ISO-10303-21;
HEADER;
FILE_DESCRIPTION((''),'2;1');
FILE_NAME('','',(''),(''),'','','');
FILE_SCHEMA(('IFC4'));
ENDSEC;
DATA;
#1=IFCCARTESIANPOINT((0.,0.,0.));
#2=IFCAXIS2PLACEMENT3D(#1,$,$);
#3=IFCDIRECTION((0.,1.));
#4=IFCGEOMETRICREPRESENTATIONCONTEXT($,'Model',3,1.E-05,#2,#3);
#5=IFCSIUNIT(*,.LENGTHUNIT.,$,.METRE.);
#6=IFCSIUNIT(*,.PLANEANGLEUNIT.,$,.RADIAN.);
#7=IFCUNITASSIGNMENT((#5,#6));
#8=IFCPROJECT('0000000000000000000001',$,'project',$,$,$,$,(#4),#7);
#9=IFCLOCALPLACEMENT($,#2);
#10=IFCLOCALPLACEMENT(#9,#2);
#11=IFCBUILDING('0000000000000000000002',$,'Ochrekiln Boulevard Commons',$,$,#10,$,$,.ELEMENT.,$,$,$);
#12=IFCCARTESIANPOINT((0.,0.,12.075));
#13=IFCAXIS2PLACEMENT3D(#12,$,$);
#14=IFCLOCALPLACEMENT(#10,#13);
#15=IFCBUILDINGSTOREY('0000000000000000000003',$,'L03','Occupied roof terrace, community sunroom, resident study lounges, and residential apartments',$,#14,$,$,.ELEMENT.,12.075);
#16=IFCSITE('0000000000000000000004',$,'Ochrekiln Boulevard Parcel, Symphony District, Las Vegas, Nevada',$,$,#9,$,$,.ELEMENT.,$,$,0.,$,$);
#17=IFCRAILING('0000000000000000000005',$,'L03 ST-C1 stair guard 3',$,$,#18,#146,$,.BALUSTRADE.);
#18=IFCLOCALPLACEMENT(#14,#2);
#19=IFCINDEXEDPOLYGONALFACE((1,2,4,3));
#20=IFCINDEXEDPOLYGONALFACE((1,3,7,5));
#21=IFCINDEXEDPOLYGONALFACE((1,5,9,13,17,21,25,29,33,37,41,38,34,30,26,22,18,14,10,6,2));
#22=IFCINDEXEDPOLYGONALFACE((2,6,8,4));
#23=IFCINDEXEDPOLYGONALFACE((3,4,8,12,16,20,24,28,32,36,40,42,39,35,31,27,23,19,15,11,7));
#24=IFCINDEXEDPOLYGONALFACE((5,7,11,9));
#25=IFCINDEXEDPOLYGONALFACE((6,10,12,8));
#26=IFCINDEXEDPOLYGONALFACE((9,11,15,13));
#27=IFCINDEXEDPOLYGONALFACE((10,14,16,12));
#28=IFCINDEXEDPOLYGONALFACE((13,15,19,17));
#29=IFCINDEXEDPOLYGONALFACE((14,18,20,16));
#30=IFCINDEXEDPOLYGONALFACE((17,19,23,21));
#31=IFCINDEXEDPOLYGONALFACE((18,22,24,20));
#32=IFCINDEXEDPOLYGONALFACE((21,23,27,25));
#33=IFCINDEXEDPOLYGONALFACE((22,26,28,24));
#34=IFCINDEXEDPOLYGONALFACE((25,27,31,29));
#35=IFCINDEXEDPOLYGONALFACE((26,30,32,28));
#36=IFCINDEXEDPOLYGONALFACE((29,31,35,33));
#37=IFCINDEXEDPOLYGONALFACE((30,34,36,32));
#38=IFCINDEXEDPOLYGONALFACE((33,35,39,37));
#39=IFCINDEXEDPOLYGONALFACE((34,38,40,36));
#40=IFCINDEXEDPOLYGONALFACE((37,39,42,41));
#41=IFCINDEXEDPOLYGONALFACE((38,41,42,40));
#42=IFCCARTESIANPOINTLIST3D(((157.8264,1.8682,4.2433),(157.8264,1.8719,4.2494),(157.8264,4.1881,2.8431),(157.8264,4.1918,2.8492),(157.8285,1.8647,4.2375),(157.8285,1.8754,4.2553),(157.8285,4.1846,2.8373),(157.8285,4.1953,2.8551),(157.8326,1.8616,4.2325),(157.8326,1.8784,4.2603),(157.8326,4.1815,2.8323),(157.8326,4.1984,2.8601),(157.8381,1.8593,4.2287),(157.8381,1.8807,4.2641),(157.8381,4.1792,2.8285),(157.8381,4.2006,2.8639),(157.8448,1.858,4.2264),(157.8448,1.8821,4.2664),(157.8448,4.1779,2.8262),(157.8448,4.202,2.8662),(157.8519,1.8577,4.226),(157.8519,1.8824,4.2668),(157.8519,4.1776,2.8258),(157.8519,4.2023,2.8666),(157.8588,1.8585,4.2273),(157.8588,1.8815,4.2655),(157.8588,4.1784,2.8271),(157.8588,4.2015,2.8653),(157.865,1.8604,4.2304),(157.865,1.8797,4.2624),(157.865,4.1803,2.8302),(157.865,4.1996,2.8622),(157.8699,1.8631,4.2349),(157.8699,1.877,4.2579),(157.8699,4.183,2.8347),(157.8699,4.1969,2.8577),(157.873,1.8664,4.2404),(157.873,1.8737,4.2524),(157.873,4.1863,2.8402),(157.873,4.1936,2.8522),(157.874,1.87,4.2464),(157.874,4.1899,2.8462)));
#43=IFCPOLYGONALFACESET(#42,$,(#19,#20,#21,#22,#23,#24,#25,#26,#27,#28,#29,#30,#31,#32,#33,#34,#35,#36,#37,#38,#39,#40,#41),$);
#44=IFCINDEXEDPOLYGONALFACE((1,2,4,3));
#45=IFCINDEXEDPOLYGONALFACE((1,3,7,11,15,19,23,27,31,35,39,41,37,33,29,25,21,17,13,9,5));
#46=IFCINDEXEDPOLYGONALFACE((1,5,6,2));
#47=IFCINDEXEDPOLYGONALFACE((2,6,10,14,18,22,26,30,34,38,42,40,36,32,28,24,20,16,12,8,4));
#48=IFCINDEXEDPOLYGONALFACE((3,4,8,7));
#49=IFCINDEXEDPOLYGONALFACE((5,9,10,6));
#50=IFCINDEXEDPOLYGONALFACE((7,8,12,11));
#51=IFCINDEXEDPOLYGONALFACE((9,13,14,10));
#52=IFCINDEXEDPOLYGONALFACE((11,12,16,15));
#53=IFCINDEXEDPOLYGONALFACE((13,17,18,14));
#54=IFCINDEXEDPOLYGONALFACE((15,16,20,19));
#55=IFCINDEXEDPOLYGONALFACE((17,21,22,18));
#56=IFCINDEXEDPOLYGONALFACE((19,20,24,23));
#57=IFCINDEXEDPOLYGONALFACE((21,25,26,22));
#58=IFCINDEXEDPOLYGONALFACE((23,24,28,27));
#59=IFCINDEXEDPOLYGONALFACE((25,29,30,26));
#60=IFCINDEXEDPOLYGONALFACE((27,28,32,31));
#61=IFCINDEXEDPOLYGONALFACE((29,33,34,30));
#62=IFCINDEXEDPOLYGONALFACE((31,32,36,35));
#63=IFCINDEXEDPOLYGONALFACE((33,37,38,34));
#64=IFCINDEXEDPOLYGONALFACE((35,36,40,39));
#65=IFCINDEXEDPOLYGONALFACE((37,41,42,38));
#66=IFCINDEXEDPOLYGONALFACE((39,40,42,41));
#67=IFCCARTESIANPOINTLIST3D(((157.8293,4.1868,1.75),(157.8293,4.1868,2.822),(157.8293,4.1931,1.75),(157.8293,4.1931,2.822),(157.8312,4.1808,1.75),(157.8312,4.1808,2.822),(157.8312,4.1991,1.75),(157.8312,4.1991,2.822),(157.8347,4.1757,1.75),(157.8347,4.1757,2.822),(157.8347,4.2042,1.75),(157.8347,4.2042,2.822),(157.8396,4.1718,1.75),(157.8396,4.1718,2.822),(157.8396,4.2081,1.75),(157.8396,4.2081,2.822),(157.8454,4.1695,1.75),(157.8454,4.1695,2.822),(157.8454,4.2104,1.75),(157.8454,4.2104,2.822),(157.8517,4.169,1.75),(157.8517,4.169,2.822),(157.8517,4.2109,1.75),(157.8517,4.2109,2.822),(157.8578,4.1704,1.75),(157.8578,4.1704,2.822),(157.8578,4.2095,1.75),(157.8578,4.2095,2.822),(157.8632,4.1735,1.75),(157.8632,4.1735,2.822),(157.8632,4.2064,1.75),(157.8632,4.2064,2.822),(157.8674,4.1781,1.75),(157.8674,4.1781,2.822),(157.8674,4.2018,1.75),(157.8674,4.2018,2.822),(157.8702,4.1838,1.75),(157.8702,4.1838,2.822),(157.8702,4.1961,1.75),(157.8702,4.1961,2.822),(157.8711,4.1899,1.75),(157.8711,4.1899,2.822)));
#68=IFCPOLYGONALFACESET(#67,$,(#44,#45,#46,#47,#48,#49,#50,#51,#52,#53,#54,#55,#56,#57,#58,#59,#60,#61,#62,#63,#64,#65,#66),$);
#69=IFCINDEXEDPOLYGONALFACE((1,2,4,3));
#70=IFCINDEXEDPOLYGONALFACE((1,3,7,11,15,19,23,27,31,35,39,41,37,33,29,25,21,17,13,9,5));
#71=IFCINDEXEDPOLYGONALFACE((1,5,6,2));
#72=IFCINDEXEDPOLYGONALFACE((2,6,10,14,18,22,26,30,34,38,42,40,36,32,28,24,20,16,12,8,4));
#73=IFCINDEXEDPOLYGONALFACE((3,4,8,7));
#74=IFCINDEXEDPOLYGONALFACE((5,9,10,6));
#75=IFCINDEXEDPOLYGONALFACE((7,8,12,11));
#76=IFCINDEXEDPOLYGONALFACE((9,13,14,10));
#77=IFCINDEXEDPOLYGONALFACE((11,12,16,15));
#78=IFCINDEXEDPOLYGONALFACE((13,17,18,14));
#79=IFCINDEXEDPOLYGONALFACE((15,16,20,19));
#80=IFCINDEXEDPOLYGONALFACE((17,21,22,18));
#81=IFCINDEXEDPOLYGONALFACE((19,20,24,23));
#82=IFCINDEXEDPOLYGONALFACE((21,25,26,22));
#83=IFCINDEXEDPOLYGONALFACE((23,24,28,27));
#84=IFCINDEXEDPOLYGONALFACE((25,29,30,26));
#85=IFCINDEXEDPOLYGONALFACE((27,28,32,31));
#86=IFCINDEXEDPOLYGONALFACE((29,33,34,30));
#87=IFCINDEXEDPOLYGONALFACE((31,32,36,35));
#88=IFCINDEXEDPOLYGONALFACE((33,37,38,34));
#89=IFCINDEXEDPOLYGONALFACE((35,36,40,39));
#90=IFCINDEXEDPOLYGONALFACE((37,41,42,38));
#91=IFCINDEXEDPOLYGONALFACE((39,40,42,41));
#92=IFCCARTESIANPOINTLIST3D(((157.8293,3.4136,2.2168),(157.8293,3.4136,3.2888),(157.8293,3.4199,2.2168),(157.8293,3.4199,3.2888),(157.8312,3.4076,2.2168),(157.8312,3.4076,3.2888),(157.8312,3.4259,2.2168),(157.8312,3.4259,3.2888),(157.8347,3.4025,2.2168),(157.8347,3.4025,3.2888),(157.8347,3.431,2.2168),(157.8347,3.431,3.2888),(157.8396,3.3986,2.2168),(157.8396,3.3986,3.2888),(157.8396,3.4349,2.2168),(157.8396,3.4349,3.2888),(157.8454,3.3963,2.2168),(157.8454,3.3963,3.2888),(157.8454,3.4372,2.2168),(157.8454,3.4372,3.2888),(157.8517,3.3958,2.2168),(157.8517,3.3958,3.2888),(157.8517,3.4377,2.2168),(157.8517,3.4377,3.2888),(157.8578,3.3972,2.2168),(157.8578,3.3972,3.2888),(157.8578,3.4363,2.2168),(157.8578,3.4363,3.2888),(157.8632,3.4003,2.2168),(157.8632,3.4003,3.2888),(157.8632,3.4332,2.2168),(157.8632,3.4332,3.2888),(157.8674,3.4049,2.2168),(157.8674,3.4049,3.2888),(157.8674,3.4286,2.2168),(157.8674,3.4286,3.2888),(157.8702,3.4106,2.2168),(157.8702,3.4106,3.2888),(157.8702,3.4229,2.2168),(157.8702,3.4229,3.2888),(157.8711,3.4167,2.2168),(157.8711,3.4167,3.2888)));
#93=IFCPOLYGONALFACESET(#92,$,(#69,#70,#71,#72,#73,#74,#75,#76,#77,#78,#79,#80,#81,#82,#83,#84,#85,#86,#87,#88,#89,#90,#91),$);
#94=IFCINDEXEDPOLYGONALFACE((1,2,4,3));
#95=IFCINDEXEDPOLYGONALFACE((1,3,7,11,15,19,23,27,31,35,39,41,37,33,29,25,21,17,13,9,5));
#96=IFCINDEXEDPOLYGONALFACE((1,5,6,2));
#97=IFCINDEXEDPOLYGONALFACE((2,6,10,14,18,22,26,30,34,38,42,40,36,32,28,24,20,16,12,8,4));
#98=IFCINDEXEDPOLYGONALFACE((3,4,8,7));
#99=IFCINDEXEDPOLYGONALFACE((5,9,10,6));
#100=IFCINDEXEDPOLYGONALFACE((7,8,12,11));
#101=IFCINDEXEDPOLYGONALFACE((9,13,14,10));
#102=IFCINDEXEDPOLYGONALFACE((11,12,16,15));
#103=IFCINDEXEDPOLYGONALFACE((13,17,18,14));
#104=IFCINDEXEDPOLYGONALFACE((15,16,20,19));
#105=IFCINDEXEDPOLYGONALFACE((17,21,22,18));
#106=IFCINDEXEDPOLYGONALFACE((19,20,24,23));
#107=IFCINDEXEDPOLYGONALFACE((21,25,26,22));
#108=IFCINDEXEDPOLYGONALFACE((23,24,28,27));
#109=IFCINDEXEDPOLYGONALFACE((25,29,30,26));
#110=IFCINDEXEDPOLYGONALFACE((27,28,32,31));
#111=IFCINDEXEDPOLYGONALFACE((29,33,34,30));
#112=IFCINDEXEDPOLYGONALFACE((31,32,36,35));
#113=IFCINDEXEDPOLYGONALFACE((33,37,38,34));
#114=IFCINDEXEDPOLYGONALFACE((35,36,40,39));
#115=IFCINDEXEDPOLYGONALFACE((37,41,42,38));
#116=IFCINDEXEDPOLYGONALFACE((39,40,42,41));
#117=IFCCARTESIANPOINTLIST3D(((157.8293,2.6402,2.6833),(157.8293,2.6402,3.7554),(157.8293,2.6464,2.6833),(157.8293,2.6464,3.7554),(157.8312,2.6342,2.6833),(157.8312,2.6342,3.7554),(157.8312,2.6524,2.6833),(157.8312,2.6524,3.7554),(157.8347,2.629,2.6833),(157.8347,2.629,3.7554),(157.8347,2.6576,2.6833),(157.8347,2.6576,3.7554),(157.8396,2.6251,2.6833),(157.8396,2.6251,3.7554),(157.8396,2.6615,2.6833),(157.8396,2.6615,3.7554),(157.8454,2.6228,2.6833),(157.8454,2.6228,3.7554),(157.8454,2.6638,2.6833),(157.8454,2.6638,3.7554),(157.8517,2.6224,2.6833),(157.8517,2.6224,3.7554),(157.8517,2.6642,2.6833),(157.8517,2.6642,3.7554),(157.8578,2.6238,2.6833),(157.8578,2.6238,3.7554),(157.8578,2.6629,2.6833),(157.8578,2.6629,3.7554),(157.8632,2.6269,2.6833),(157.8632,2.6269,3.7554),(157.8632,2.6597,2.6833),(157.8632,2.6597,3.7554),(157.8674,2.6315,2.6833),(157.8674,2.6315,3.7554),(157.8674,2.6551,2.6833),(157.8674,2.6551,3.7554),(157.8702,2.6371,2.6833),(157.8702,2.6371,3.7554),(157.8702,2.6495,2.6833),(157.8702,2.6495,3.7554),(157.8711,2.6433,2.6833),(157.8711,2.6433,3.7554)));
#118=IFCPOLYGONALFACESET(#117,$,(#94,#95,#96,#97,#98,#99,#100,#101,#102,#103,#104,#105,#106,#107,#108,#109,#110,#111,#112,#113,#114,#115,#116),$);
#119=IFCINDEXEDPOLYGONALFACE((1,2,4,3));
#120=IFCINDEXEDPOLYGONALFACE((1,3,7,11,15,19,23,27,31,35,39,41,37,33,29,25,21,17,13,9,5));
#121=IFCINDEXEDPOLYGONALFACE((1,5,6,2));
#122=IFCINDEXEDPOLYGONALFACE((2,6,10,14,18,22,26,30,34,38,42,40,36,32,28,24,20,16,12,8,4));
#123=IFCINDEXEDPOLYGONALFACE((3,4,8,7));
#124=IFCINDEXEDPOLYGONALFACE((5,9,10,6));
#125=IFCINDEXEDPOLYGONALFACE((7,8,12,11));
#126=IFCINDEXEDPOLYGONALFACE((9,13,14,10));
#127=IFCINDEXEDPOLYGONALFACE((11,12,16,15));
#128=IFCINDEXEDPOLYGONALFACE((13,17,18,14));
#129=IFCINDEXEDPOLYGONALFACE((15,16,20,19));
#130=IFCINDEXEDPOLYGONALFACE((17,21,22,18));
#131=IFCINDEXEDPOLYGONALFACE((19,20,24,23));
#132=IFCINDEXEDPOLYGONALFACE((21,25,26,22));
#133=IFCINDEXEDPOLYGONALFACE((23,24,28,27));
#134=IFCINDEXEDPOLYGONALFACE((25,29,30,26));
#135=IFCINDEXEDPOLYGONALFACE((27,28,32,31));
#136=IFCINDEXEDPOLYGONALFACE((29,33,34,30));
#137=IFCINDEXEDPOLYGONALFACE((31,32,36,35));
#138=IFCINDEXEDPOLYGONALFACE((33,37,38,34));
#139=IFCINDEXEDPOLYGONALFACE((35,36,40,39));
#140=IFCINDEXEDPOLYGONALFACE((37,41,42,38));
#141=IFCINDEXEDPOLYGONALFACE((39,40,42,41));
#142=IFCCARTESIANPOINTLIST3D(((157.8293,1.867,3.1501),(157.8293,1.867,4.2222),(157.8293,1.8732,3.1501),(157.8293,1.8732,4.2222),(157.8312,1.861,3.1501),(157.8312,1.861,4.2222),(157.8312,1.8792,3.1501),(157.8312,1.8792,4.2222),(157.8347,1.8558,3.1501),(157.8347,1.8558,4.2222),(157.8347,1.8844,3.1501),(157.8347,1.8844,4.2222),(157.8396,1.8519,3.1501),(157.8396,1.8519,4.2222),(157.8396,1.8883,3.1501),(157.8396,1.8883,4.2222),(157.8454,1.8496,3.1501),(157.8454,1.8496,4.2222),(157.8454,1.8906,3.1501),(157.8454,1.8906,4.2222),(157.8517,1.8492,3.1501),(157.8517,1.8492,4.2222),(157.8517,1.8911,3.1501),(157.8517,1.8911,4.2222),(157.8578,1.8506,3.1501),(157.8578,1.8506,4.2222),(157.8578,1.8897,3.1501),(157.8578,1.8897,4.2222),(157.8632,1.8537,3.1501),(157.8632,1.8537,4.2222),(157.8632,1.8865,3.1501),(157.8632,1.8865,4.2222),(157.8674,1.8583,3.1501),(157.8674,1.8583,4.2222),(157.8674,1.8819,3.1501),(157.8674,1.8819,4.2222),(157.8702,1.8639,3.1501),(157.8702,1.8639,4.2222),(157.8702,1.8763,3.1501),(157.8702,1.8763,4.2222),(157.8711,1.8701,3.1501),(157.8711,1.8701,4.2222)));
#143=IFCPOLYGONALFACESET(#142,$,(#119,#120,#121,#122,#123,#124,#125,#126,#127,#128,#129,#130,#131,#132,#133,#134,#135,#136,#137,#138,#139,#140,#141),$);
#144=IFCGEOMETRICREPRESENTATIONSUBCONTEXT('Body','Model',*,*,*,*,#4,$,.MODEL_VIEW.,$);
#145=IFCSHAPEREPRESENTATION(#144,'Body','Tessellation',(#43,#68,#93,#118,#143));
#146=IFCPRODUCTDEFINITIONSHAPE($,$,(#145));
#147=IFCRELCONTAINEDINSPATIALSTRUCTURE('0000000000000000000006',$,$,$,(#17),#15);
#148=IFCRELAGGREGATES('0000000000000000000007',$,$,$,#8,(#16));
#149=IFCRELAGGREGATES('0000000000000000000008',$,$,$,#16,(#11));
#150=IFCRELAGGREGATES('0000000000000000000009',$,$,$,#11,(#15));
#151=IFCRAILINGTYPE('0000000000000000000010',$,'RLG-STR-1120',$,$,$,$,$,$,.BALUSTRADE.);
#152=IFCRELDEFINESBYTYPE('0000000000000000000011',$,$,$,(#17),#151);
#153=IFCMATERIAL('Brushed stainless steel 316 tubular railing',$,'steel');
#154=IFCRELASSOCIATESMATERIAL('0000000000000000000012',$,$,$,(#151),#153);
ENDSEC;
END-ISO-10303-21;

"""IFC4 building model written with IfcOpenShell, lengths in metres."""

from ifc_helpers import new_model, si_unit, direction, frame, origin, origin_2d, place, context, subcontext, project, spatial, circle, extrude, material, type_object, element, save


model = new_model("IFC4")

# Units and contexts
model_context = context("Model", 3, precision=1e-05, world=origin(), true_north=direction((0.0, 1.0)))
body_context = subcontext(model_context, "Body", "Model", "MODEL_VIEW")
ifc_project = project(units=[si_unit("LENGTHUNIT", "METRE"), si_unit("PLANEANGLEUNIT", "RADIAN")], contexts=[model_context])

# Site, building, storey
site_placement = place(None, origin())
site = spatial("IfcSite", under=ifc_project, at=site_placement, Name="Ochrekiln Boulevard Parcel, Symphony District, Las Vegas, Nevada", CompositionType="ELEMENT", RefElevation=0.0)
building_placement = place(site_placement, origin())
building = spatial("IfcBuilding", under=site, at=building_placement, Name="Ochrekiln Boulevard Commons", CompositionType="ELEMENT")
storey_placement = place(building_placement, frame((0.0, 0.0, 12.075)))
storey = spatial("IfcBuildingStorey", under=building, at=storey_placement, Name="L03", Description="Occupied roof terrace, community sunroom, resident study lounges, and residential apartments", CompositionType="ELEMENT", Elevation=12.075)

# Railing
ifc_material_1 = material(Name="Brushed stainless steel 316 tubular railing", Category="steel")
railing_type_1 = type_object("IfcRailingType", Name="RLG-STR-1120", PredefinedType="BALUSTRADE", material=ifc_material_1)
railing_1_placement = place(storey_placement, frame((157.8501, 4.1899, 1.75)))
element("IfcRailing", 1, at=railing_1_placement, inside=storey, type_object=railing_type_1, Name="L03 ST-C1 stair guard 3", PredefinedType="BALUSTRADE", context=body_context, shape_type="SweptSolid", body=[
    extrude(circle(Radius=0.0239, at=origin_2d()), frame((0.0, 0.0, 1.0962), z_axis=(0.0, -0.856146, 0.516733), x_axis=(1.0, 0.0, 0.0)), (0.0, 0.0, 1.0), 2.7097),
    extrude(circle(Radius=0.021, at=origin_2d()), origin(), (0.0, 0.0, 1.0), 1.072),
    extrude(circle(Radius=0.021, at=origin_2d()), frame((0.0, -0.7732, 0.4668)), (0.0, 0.0, 1.0), 1.072),
    extrude(circle(Radius=0.021, at=origin_2d()), frame((0.0, -1.5466, 0.9333)), (0.0, 0.0, 1.0), 1.072),
    extrude(circle(Radius=0.021, at=origin_2d()), frame((0.0, -2.3198, 1.4001)), (0.0, 0.0, 1.0), 1.072),
])

save(model, "model.ifc")
